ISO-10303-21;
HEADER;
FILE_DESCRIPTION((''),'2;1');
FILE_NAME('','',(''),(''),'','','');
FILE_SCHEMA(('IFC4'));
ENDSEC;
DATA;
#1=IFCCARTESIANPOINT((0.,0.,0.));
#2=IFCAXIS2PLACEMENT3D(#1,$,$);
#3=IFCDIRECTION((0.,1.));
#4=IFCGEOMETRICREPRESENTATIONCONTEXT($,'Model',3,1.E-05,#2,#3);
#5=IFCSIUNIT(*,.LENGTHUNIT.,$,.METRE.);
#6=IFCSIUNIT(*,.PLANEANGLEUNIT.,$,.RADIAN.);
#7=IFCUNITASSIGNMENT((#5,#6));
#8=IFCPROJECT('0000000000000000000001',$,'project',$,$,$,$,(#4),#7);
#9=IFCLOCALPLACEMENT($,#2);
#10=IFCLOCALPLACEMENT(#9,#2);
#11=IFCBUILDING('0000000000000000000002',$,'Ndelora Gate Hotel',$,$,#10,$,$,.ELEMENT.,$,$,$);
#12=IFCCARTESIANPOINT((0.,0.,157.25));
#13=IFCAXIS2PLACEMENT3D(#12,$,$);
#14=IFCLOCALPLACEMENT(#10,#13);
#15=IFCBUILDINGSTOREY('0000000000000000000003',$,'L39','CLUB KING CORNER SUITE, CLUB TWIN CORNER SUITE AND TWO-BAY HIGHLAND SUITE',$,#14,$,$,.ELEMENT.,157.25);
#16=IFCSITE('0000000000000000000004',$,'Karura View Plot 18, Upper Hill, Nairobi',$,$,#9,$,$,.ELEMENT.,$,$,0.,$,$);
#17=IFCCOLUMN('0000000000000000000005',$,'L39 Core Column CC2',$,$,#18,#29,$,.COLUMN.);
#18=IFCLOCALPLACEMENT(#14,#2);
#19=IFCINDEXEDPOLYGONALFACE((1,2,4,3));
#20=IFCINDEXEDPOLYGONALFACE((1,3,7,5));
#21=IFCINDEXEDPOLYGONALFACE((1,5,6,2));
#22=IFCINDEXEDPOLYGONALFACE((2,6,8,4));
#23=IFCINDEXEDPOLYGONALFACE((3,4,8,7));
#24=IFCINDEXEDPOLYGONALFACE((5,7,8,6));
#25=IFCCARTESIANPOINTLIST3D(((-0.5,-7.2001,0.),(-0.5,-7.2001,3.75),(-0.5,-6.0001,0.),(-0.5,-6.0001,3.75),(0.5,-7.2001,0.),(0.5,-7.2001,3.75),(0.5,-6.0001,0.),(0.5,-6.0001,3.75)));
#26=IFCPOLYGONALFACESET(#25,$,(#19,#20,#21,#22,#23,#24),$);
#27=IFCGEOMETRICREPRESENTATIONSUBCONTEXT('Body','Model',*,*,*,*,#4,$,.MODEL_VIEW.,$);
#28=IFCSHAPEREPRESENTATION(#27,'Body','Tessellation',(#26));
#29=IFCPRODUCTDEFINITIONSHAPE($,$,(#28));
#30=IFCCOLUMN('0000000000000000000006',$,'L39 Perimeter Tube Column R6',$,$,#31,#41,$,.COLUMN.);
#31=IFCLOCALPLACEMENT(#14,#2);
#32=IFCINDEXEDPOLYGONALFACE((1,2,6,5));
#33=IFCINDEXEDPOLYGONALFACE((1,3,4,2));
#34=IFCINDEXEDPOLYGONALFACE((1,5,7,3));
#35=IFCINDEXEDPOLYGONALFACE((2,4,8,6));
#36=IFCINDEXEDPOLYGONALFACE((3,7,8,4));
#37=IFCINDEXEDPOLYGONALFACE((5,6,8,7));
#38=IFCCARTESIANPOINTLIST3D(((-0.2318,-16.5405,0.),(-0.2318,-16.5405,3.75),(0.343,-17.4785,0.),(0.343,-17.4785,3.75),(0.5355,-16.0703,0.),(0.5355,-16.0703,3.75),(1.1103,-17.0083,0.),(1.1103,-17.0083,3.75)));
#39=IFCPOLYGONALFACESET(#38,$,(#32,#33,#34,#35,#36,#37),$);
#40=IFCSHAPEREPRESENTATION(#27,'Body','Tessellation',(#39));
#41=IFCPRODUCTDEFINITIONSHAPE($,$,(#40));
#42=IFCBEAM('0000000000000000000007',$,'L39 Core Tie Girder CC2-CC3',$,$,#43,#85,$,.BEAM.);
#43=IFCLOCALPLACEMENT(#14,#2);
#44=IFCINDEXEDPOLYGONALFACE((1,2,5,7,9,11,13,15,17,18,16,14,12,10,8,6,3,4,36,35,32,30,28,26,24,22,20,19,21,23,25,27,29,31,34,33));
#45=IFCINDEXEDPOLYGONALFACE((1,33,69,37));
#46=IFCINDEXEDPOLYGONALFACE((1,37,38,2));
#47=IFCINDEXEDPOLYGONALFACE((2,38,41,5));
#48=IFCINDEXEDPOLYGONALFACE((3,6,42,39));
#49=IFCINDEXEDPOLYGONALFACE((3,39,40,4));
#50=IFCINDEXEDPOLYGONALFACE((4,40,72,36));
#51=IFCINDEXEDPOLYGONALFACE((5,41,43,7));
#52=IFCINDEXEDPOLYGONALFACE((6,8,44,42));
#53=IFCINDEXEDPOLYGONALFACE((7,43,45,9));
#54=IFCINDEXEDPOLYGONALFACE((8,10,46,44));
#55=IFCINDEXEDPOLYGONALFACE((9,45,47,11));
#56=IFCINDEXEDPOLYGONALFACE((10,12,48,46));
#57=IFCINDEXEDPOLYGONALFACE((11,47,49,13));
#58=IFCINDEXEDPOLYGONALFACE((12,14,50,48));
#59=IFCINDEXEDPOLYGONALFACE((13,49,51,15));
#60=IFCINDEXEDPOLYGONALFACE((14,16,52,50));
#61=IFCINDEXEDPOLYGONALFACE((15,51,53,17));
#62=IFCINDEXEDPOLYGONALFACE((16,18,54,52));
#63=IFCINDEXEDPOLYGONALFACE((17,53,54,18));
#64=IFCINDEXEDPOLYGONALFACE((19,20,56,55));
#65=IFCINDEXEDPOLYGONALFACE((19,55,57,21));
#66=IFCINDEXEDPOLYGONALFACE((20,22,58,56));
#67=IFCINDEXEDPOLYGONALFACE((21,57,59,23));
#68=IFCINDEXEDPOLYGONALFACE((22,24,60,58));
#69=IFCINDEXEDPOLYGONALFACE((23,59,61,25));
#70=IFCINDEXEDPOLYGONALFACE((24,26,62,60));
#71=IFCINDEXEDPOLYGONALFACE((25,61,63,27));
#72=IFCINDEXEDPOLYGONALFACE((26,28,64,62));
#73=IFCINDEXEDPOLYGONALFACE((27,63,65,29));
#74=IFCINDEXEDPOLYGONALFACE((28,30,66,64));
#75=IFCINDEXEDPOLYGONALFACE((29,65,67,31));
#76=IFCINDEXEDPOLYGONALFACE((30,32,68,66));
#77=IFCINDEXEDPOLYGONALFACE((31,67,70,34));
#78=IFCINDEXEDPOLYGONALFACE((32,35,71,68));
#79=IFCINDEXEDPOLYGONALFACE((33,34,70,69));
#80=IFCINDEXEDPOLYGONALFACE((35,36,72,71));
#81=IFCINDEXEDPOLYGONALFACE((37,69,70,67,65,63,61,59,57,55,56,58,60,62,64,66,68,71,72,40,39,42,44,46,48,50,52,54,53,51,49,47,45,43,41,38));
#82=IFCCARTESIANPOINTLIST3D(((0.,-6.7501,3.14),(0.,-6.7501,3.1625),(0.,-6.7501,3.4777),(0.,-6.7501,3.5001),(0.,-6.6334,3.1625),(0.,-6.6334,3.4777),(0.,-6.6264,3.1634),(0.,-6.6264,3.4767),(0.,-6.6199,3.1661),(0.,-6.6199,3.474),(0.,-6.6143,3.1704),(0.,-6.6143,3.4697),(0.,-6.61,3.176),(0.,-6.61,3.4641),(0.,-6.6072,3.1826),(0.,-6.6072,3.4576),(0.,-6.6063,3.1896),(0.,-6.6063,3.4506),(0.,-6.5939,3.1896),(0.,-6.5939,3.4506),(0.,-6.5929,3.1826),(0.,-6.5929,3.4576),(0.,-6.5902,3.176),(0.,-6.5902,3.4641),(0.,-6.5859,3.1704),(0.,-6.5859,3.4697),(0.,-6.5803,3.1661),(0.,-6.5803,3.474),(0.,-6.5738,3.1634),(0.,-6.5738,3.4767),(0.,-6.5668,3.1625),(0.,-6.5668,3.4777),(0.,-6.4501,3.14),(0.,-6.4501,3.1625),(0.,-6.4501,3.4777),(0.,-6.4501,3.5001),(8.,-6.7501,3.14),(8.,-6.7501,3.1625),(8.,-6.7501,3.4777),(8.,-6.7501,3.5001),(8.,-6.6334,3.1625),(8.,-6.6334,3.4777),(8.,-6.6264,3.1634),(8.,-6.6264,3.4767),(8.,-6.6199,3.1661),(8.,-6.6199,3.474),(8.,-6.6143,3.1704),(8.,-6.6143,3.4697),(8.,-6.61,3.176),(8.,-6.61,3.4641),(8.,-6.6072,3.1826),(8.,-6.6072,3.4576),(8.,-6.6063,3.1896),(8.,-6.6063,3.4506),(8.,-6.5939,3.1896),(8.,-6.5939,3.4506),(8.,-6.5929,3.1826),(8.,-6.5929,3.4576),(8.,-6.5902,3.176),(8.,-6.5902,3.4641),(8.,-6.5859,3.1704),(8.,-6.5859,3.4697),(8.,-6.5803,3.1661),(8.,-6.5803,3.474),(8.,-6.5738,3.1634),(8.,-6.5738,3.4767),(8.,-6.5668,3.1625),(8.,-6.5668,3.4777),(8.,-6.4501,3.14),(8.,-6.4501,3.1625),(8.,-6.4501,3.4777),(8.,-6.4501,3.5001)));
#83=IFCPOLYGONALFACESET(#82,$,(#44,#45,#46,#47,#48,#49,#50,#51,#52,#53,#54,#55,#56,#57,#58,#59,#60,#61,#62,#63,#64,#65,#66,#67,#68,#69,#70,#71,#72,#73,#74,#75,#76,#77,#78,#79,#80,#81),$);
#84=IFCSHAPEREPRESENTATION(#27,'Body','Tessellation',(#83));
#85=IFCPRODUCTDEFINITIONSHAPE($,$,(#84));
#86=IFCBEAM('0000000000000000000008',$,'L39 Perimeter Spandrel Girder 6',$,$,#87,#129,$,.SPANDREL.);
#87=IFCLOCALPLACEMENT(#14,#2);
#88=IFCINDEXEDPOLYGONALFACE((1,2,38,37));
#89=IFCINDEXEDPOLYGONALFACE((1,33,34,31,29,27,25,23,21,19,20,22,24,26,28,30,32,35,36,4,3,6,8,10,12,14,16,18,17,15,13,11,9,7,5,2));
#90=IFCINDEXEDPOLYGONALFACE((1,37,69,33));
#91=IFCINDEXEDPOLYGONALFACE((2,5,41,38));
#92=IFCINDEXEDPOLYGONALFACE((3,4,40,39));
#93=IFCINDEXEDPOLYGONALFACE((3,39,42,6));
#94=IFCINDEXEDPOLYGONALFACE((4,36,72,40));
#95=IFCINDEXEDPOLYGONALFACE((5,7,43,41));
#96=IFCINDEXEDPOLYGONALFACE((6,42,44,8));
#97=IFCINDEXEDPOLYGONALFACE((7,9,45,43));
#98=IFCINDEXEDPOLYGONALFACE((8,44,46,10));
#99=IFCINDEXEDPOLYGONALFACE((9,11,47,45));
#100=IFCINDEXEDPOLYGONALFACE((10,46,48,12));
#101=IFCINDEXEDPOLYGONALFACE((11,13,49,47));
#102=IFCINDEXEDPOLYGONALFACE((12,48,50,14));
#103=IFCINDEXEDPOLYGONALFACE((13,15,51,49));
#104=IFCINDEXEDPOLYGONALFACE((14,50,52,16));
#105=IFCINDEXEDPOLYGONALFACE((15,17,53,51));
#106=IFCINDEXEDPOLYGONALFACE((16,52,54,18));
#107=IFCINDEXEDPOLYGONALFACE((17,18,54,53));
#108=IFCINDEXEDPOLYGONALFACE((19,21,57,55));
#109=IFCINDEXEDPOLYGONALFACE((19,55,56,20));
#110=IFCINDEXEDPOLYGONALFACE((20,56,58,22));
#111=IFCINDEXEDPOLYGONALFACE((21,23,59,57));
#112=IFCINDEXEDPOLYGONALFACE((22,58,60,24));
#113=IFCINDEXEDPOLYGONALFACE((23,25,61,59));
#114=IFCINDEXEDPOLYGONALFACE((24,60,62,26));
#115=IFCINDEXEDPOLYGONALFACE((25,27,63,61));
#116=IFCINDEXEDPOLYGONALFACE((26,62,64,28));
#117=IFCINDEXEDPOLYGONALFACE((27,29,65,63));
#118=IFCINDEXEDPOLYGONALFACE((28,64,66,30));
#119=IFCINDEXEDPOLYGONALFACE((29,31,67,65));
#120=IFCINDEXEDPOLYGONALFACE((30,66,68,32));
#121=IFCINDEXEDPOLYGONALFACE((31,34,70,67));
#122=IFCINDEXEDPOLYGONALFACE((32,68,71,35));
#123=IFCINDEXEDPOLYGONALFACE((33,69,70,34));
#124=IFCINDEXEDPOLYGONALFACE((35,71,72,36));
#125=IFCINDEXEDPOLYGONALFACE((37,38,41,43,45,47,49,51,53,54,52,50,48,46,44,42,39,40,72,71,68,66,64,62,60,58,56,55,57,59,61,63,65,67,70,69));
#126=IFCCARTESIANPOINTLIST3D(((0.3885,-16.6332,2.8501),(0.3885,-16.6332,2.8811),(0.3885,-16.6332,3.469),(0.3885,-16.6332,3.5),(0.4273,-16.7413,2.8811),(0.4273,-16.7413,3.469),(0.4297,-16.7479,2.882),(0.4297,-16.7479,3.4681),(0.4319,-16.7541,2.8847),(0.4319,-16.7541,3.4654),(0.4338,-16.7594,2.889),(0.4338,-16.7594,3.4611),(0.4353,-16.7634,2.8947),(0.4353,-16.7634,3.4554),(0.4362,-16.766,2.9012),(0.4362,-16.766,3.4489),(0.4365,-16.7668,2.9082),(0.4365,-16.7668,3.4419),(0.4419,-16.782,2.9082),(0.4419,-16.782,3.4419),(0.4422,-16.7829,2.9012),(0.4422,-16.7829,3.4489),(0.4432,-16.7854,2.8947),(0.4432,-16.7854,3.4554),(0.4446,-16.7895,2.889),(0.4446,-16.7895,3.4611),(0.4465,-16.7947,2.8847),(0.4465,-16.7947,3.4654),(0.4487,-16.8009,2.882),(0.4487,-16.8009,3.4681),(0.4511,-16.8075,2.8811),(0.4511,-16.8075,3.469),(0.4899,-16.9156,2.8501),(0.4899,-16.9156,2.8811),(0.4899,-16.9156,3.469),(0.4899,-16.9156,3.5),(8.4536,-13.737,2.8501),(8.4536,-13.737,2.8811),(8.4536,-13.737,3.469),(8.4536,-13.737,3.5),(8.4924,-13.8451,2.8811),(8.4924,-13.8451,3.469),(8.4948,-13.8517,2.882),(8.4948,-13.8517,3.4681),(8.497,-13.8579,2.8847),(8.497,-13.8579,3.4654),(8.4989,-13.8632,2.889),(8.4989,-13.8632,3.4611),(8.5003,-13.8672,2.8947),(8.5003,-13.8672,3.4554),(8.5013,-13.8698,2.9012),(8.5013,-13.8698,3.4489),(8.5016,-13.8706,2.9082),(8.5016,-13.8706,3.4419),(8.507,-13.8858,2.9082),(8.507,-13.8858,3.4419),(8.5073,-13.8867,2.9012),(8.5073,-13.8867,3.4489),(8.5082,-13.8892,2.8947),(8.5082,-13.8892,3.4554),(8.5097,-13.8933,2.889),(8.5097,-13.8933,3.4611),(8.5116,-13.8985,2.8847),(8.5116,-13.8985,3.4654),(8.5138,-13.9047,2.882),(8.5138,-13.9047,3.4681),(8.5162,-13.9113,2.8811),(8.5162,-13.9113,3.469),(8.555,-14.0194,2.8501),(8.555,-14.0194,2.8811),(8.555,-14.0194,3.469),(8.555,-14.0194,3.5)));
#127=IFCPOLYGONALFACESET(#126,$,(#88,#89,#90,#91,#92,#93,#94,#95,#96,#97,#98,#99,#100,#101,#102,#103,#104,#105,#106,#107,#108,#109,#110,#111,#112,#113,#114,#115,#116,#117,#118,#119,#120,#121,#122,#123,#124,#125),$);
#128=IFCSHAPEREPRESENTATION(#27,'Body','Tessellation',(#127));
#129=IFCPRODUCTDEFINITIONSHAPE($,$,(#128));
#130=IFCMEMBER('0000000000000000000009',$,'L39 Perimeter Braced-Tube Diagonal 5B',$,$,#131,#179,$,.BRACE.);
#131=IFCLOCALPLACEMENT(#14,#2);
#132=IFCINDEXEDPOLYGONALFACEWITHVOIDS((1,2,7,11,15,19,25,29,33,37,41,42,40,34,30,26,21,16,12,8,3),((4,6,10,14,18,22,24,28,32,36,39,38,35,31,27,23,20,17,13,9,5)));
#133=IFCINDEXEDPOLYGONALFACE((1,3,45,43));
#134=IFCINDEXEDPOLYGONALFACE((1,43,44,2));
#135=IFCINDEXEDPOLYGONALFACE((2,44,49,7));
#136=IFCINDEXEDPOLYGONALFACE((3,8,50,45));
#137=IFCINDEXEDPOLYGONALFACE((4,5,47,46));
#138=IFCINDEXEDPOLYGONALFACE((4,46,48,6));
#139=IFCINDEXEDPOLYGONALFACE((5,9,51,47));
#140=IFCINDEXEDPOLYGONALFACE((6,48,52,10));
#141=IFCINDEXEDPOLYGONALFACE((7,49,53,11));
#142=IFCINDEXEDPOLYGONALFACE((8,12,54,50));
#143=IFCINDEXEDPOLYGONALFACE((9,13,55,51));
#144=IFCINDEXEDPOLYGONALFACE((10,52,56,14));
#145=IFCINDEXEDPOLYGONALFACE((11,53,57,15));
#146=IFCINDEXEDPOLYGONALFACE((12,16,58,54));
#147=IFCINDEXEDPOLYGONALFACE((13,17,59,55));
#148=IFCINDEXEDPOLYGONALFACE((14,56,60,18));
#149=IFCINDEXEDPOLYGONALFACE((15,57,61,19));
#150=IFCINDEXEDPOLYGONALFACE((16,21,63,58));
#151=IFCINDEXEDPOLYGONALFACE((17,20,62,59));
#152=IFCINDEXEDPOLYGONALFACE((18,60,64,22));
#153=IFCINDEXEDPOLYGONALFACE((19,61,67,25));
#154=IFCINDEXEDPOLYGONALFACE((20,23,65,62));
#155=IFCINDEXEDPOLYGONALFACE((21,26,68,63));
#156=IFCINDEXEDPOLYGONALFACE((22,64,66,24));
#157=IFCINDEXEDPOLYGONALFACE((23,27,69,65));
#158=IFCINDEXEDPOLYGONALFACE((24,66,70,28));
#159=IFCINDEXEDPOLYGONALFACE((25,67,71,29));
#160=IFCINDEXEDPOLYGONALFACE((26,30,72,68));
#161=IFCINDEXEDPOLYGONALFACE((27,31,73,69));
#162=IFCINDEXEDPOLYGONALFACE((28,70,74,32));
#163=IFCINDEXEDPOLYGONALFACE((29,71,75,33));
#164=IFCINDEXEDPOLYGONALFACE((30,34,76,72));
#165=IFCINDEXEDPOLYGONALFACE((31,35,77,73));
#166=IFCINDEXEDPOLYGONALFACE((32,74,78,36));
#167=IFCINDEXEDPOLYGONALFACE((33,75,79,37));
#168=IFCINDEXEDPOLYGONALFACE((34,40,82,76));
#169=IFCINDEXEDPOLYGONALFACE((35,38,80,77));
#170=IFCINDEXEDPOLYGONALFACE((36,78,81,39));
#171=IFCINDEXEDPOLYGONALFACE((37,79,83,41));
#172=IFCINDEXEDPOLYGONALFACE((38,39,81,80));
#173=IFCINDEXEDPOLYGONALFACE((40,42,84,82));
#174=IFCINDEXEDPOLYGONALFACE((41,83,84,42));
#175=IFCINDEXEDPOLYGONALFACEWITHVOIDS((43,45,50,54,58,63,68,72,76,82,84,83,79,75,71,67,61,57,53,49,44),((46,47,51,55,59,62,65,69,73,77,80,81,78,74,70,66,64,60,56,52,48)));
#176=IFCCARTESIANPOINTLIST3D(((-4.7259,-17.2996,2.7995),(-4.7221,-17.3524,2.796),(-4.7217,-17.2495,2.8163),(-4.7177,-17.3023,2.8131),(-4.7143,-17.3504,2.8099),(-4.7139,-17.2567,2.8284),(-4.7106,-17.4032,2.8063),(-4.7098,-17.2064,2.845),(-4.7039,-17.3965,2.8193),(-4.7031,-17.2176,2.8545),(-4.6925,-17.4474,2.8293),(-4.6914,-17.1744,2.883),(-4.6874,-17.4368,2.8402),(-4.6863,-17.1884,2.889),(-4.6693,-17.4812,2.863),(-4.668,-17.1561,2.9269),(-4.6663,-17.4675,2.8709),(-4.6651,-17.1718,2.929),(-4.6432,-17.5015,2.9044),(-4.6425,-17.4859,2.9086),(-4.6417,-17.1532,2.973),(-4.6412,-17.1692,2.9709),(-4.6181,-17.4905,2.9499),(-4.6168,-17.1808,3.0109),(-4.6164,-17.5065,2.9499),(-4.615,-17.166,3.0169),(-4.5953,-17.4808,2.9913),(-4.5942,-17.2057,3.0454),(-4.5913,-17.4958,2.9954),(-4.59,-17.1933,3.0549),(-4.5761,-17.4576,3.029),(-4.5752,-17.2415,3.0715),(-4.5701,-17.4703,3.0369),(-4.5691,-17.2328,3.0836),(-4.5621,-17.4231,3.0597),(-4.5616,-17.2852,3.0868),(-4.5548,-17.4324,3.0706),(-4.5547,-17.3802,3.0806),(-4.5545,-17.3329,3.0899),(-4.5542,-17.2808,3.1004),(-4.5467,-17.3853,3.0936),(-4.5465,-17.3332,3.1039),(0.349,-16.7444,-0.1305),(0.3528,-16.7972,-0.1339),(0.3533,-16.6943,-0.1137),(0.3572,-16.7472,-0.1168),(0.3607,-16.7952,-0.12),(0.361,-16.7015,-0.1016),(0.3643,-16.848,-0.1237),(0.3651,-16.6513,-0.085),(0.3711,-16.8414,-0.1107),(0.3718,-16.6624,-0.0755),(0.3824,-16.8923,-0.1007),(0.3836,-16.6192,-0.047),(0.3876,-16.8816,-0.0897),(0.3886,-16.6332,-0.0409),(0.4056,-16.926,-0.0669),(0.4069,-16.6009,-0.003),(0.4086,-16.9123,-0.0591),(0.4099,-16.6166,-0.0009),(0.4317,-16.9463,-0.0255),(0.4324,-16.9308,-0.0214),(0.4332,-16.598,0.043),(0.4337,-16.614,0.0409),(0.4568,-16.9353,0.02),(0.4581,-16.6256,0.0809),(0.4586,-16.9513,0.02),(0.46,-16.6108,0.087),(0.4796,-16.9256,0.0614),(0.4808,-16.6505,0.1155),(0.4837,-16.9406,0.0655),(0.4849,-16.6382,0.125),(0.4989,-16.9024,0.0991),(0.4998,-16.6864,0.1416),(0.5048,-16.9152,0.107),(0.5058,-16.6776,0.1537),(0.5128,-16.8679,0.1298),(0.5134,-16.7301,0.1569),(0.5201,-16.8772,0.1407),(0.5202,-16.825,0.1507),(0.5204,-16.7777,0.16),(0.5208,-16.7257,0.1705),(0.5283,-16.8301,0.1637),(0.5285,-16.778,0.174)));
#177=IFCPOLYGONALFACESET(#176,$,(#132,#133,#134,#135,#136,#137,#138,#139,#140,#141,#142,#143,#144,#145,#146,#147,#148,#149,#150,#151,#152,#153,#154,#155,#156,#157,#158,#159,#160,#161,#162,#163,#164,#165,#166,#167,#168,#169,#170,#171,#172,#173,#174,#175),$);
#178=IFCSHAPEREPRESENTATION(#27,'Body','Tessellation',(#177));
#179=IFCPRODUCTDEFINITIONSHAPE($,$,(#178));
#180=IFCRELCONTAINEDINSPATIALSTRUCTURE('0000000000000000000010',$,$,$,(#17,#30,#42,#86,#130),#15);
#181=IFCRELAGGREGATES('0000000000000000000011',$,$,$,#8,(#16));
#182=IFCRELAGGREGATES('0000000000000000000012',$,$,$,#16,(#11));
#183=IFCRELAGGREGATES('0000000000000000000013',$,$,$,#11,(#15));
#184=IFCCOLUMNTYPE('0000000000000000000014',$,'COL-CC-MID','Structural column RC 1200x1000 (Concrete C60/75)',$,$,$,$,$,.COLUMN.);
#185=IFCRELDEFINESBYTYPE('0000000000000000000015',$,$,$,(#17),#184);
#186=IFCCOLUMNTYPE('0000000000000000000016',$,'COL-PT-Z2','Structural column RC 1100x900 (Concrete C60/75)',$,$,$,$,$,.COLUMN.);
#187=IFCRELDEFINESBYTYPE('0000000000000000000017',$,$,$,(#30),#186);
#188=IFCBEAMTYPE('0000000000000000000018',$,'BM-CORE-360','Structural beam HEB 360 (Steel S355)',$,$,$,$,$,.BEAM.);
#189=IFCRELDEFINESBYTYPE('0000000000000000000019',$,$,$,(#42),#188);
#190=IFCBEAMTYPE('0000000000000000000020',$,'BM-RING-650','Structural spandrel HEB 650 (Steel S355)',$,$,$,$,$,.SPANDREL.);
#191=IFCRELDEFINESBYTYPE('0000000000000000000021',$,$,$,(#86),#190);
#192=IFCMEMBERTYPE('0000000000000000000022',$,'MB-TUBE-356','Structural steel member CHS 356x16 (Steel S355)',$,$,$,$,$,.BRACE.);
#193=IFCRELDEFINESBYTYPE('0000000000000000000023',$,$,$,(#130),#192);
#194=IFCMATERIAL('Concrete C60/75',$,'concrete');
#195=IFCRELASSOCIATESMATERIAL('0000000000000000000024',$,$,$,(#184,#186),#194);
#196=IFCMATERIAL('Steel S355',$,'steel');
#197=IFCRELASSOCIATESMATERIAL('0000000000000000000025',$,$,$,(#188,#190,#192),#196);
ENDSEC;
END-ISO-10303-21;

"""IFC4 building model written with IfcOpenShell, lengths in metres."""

from ifc_helpers import new_model, si_unit, direction, frame, origin, origin_2d, place, context, subcontext, project, spatial, rectangle, hollow_circle, i_section, extrude, material, material_profile, profile_set, type_object, element, save


model = new_model("IFC4")

# Units and contexts
model_context = context("Model", 3, precision=1e-05, world=origin(), true_north=direction((0.0, 1.0)))
body_context = subcontext(model_context, "Body", "Model", "MODEL_VIEW")
ifc_project = project(units=[si_unit("LENGTHUNIT", "METRE"), si_unit("PLANEANGLEUNIT", "RADIAN")], contexts=[model_context])

# Site, building, storey
site_placement = place(None, origin())
site = spatial("IfcSite", under=ifc_project, at=site_placement, Name="Karura View Plot 18, Upper Hill, Nairobi", CompositionType="ELEMENT", RefElevation=0.0)
building_placement = place(site_placement, origin())
building = spatial("IfcBuilding", under=site, at=building_placement, Name="Ndelora Gate Hotel", CompositionType="ELEMENT")
storey_placement = place(building_placement, frame((0.0, 0.0, 157.25)))
storey = spatial("IfcBuildingStorey", under=building, at=storey_placement, Name="L39", Description="CLUB KING CORNER SUITE, CLUB TWIN CORNER SUITE AND TWO-BAY HIGHLAND SUITE", CompositionType="ELEMENT", Elevation=157.25)

# Columns
ifc_material_1 = material(Name="Concrete C60/75", Category="concrete")
ifc_material_profile_1 = material_profile(ifc_material_1, rectangle(XDim=1.0, YDim=1.2, at=origin_2d()), Name="RC 1200x1000")
ifc_profile_set_1 = profile_set([ifc_material_profile_1], Name="Concrete C60/75")
column_type_1 = type_object("IfcColumnType", Name="COL-CC-MID", Description="Structural column RC 1200x1000 (Concrete C60/75)", PredefinedType="COLUMN", material=ifc_profile_set_1)
column_1_placement = place(storey_placement, frame((0.0, -6.6001, 0.0), z_axis=(0.0, 0.0, 1.0), x_axis=(1.0, 0.0, 0.0)))
element("IfcColumn", 1, at=column_1_placement, inside=storey, type_object=column_type_1, Name="L39 Core Column CC2", PredefinedType="COLUMN", context=body_context, shape_type="SweptSolid", body=[
    extrude(rectangle(XDim=1.0, YDim=1.2, at=origin_2d()), origin(), (0.0, 0.0, 1.0), 3.75),
])
ifc_material_profile_2 = material_profile(ifc_material_1, rectangle(XDim=0.8999, YDim=1.1001, at=origin_2d()), Name="RC 1100x900")
ifc_profile_set_2 = profile_set([ifc_material_profile_2], Name="Concrete C60/75")
column_type_2 = type_object("IfcColumnType", Name="COL-PT-Z2", Description="Structural column RC 1100x900 (Concrete C60/75)", PredefinedType="COLUMN", material=ifc_profile_set_2)
column_2_placement = place(storey_placement, frame((0.4392, -16.7744, 0.0), z_axis=(0.0, 0.0, 1.0), x_axis=(0.85264, 0.522499, 0.0)))
element("IfcColumn", 2, at=column_2_placement, inside=storey, type_object=column_type_2, Name="L39 Perimeter Tube Column R6", PredefinedType="COLUMN", context=body_context, shape_type="SweptSolid", body=[
    extrude(rectangle(XDim=0.8999, YDim=1.1001, at=origin_2d()), origin(), (0.0, 0.0, 1.0), 3.75),
])

# Beams
ifc_material_2 = material(Name="Steel S355", Category="steel")
ifc_material_profile_3 = material_profile(ifc_material_2, i_section(OverallWidth=0.3, OverallDepth=0.3601, WebThickness=0.0125, FlangeThickness=0.0225, FilletRadius=0.0271, at=origin_2d()), Name="HEB 360")
ifc_profile_set_3 = profile_set([ifc_material_profile_3], Name="Steel S355")
beam_type_1 = type_object("IfcBeamType", Name="BM-CORE-360", Description="Structural beam HEB 360 (Steel S355)", PredefinedType="BEAM", material=ifc_profile_set_3)
beam_1_placement = place(storey_placement, frame((0.0, -6.6001, 3.3201), z_axis=(1.0, 0.0, 0.0), x_axis=(0.0, 1.0, 0.0)))
element("IfcBeam", 3, at=beam_1_placement, inside=storey, type_object=beam_type_1, Name="L39 Core Tie Girder CC2-CC3", PredefinedType="BEAM", context=body_context, shape_type="SweptSolid", body=[
    extrude(i_section(OverallWidth=0.3, OverallDepth=0.3601, WebThickness=0.0125, FlangeThickness=0.0225, FilletRadius=0.0271, at=origin_2d()), origin(), (0.0, 0.0, 1.0), 8.0),
])
ifc_material_profile_4 = material_profile(ifc_material_2, i_section(OverallWidth=0.3, OverallDepth=0.6499, WebThickness=0.0161, FlangeThickness=0.031, FilletRadius=0.0271, at=origin_2d()), Name="HEB 650")
ifc_profile_set_4 = profile_set([ifc_material_profile_4], Name="Steel S355")
beam_type_2 = type_object("IfcBeamType", Name="BM-RING-650", Description="Structural spandrel HEB 650 (Steel S355)", PredefinedType="SPANDREL", material=ifc_profile_set_4)
beam_2_placement = place(storey_placement, frame((0.4392, -16.7744, 3.175), z_axis=(0.941156, 0.337973, 0.0), x_axis=(-0.337973, 0.941156, 0.0)))
element("IfcBeam", 4, at=beam_2_placement, inside=storey, type_object=beam_type_2, Name="L39 Perimeter Spandrel Girder 6", PredefinedType="SPANDREL", context=body_context, shape_type="SweptSolid", body=[
    extrude(i_section(OverallWidth=0.3, OverallDepth=0.6499, WebThickness=0.0161, FlangeThickness=0.031, FilletRadius=0.0271, at=origin_2d()), origin(), (0.0, 0.0, 1.0), 8.5693),
])

# Member
ifc_material_profile_5 = material_profile(ifc_material_2, hollow_circle(Radius=0.178, WallThickness=0.0161, at=origin_2d()), Name="CHS 356x16")
ifc_profile_set_5 = profile_set([ifc_material_profile_5], Name="Steel S355")
member_type = type_object("IfcMemberType", Name="MB-TUBE-356", Description="Structural steel member CHS 356x16 (Steel S355)", PredefinedType="BRACE", material=ifc_profile_set_5)
member_placement = place(storey_placement, frame((0.4392, -16.7744, 0.02), z_axis=(-0.862172, -0.094318, 0.497759), x_axis=(0.108747, -0.99407, 0.0)))
element("IfcMember", 5, at=member_placement, inside=storey, type_object=member_type, Name="L39 Perimeter Braced-Tube Diagonal 5B", PredefinedType="BRACE", context=body_context, shape_type="SweptSolid", body=[
    extrude(hollow_circle(Radius=0.178, WallThickness=0.0161, at=origin_2d()), origin(), (0.0, 0.0, 1.0), 5.8862),
])

save(model, "model.ifc")
